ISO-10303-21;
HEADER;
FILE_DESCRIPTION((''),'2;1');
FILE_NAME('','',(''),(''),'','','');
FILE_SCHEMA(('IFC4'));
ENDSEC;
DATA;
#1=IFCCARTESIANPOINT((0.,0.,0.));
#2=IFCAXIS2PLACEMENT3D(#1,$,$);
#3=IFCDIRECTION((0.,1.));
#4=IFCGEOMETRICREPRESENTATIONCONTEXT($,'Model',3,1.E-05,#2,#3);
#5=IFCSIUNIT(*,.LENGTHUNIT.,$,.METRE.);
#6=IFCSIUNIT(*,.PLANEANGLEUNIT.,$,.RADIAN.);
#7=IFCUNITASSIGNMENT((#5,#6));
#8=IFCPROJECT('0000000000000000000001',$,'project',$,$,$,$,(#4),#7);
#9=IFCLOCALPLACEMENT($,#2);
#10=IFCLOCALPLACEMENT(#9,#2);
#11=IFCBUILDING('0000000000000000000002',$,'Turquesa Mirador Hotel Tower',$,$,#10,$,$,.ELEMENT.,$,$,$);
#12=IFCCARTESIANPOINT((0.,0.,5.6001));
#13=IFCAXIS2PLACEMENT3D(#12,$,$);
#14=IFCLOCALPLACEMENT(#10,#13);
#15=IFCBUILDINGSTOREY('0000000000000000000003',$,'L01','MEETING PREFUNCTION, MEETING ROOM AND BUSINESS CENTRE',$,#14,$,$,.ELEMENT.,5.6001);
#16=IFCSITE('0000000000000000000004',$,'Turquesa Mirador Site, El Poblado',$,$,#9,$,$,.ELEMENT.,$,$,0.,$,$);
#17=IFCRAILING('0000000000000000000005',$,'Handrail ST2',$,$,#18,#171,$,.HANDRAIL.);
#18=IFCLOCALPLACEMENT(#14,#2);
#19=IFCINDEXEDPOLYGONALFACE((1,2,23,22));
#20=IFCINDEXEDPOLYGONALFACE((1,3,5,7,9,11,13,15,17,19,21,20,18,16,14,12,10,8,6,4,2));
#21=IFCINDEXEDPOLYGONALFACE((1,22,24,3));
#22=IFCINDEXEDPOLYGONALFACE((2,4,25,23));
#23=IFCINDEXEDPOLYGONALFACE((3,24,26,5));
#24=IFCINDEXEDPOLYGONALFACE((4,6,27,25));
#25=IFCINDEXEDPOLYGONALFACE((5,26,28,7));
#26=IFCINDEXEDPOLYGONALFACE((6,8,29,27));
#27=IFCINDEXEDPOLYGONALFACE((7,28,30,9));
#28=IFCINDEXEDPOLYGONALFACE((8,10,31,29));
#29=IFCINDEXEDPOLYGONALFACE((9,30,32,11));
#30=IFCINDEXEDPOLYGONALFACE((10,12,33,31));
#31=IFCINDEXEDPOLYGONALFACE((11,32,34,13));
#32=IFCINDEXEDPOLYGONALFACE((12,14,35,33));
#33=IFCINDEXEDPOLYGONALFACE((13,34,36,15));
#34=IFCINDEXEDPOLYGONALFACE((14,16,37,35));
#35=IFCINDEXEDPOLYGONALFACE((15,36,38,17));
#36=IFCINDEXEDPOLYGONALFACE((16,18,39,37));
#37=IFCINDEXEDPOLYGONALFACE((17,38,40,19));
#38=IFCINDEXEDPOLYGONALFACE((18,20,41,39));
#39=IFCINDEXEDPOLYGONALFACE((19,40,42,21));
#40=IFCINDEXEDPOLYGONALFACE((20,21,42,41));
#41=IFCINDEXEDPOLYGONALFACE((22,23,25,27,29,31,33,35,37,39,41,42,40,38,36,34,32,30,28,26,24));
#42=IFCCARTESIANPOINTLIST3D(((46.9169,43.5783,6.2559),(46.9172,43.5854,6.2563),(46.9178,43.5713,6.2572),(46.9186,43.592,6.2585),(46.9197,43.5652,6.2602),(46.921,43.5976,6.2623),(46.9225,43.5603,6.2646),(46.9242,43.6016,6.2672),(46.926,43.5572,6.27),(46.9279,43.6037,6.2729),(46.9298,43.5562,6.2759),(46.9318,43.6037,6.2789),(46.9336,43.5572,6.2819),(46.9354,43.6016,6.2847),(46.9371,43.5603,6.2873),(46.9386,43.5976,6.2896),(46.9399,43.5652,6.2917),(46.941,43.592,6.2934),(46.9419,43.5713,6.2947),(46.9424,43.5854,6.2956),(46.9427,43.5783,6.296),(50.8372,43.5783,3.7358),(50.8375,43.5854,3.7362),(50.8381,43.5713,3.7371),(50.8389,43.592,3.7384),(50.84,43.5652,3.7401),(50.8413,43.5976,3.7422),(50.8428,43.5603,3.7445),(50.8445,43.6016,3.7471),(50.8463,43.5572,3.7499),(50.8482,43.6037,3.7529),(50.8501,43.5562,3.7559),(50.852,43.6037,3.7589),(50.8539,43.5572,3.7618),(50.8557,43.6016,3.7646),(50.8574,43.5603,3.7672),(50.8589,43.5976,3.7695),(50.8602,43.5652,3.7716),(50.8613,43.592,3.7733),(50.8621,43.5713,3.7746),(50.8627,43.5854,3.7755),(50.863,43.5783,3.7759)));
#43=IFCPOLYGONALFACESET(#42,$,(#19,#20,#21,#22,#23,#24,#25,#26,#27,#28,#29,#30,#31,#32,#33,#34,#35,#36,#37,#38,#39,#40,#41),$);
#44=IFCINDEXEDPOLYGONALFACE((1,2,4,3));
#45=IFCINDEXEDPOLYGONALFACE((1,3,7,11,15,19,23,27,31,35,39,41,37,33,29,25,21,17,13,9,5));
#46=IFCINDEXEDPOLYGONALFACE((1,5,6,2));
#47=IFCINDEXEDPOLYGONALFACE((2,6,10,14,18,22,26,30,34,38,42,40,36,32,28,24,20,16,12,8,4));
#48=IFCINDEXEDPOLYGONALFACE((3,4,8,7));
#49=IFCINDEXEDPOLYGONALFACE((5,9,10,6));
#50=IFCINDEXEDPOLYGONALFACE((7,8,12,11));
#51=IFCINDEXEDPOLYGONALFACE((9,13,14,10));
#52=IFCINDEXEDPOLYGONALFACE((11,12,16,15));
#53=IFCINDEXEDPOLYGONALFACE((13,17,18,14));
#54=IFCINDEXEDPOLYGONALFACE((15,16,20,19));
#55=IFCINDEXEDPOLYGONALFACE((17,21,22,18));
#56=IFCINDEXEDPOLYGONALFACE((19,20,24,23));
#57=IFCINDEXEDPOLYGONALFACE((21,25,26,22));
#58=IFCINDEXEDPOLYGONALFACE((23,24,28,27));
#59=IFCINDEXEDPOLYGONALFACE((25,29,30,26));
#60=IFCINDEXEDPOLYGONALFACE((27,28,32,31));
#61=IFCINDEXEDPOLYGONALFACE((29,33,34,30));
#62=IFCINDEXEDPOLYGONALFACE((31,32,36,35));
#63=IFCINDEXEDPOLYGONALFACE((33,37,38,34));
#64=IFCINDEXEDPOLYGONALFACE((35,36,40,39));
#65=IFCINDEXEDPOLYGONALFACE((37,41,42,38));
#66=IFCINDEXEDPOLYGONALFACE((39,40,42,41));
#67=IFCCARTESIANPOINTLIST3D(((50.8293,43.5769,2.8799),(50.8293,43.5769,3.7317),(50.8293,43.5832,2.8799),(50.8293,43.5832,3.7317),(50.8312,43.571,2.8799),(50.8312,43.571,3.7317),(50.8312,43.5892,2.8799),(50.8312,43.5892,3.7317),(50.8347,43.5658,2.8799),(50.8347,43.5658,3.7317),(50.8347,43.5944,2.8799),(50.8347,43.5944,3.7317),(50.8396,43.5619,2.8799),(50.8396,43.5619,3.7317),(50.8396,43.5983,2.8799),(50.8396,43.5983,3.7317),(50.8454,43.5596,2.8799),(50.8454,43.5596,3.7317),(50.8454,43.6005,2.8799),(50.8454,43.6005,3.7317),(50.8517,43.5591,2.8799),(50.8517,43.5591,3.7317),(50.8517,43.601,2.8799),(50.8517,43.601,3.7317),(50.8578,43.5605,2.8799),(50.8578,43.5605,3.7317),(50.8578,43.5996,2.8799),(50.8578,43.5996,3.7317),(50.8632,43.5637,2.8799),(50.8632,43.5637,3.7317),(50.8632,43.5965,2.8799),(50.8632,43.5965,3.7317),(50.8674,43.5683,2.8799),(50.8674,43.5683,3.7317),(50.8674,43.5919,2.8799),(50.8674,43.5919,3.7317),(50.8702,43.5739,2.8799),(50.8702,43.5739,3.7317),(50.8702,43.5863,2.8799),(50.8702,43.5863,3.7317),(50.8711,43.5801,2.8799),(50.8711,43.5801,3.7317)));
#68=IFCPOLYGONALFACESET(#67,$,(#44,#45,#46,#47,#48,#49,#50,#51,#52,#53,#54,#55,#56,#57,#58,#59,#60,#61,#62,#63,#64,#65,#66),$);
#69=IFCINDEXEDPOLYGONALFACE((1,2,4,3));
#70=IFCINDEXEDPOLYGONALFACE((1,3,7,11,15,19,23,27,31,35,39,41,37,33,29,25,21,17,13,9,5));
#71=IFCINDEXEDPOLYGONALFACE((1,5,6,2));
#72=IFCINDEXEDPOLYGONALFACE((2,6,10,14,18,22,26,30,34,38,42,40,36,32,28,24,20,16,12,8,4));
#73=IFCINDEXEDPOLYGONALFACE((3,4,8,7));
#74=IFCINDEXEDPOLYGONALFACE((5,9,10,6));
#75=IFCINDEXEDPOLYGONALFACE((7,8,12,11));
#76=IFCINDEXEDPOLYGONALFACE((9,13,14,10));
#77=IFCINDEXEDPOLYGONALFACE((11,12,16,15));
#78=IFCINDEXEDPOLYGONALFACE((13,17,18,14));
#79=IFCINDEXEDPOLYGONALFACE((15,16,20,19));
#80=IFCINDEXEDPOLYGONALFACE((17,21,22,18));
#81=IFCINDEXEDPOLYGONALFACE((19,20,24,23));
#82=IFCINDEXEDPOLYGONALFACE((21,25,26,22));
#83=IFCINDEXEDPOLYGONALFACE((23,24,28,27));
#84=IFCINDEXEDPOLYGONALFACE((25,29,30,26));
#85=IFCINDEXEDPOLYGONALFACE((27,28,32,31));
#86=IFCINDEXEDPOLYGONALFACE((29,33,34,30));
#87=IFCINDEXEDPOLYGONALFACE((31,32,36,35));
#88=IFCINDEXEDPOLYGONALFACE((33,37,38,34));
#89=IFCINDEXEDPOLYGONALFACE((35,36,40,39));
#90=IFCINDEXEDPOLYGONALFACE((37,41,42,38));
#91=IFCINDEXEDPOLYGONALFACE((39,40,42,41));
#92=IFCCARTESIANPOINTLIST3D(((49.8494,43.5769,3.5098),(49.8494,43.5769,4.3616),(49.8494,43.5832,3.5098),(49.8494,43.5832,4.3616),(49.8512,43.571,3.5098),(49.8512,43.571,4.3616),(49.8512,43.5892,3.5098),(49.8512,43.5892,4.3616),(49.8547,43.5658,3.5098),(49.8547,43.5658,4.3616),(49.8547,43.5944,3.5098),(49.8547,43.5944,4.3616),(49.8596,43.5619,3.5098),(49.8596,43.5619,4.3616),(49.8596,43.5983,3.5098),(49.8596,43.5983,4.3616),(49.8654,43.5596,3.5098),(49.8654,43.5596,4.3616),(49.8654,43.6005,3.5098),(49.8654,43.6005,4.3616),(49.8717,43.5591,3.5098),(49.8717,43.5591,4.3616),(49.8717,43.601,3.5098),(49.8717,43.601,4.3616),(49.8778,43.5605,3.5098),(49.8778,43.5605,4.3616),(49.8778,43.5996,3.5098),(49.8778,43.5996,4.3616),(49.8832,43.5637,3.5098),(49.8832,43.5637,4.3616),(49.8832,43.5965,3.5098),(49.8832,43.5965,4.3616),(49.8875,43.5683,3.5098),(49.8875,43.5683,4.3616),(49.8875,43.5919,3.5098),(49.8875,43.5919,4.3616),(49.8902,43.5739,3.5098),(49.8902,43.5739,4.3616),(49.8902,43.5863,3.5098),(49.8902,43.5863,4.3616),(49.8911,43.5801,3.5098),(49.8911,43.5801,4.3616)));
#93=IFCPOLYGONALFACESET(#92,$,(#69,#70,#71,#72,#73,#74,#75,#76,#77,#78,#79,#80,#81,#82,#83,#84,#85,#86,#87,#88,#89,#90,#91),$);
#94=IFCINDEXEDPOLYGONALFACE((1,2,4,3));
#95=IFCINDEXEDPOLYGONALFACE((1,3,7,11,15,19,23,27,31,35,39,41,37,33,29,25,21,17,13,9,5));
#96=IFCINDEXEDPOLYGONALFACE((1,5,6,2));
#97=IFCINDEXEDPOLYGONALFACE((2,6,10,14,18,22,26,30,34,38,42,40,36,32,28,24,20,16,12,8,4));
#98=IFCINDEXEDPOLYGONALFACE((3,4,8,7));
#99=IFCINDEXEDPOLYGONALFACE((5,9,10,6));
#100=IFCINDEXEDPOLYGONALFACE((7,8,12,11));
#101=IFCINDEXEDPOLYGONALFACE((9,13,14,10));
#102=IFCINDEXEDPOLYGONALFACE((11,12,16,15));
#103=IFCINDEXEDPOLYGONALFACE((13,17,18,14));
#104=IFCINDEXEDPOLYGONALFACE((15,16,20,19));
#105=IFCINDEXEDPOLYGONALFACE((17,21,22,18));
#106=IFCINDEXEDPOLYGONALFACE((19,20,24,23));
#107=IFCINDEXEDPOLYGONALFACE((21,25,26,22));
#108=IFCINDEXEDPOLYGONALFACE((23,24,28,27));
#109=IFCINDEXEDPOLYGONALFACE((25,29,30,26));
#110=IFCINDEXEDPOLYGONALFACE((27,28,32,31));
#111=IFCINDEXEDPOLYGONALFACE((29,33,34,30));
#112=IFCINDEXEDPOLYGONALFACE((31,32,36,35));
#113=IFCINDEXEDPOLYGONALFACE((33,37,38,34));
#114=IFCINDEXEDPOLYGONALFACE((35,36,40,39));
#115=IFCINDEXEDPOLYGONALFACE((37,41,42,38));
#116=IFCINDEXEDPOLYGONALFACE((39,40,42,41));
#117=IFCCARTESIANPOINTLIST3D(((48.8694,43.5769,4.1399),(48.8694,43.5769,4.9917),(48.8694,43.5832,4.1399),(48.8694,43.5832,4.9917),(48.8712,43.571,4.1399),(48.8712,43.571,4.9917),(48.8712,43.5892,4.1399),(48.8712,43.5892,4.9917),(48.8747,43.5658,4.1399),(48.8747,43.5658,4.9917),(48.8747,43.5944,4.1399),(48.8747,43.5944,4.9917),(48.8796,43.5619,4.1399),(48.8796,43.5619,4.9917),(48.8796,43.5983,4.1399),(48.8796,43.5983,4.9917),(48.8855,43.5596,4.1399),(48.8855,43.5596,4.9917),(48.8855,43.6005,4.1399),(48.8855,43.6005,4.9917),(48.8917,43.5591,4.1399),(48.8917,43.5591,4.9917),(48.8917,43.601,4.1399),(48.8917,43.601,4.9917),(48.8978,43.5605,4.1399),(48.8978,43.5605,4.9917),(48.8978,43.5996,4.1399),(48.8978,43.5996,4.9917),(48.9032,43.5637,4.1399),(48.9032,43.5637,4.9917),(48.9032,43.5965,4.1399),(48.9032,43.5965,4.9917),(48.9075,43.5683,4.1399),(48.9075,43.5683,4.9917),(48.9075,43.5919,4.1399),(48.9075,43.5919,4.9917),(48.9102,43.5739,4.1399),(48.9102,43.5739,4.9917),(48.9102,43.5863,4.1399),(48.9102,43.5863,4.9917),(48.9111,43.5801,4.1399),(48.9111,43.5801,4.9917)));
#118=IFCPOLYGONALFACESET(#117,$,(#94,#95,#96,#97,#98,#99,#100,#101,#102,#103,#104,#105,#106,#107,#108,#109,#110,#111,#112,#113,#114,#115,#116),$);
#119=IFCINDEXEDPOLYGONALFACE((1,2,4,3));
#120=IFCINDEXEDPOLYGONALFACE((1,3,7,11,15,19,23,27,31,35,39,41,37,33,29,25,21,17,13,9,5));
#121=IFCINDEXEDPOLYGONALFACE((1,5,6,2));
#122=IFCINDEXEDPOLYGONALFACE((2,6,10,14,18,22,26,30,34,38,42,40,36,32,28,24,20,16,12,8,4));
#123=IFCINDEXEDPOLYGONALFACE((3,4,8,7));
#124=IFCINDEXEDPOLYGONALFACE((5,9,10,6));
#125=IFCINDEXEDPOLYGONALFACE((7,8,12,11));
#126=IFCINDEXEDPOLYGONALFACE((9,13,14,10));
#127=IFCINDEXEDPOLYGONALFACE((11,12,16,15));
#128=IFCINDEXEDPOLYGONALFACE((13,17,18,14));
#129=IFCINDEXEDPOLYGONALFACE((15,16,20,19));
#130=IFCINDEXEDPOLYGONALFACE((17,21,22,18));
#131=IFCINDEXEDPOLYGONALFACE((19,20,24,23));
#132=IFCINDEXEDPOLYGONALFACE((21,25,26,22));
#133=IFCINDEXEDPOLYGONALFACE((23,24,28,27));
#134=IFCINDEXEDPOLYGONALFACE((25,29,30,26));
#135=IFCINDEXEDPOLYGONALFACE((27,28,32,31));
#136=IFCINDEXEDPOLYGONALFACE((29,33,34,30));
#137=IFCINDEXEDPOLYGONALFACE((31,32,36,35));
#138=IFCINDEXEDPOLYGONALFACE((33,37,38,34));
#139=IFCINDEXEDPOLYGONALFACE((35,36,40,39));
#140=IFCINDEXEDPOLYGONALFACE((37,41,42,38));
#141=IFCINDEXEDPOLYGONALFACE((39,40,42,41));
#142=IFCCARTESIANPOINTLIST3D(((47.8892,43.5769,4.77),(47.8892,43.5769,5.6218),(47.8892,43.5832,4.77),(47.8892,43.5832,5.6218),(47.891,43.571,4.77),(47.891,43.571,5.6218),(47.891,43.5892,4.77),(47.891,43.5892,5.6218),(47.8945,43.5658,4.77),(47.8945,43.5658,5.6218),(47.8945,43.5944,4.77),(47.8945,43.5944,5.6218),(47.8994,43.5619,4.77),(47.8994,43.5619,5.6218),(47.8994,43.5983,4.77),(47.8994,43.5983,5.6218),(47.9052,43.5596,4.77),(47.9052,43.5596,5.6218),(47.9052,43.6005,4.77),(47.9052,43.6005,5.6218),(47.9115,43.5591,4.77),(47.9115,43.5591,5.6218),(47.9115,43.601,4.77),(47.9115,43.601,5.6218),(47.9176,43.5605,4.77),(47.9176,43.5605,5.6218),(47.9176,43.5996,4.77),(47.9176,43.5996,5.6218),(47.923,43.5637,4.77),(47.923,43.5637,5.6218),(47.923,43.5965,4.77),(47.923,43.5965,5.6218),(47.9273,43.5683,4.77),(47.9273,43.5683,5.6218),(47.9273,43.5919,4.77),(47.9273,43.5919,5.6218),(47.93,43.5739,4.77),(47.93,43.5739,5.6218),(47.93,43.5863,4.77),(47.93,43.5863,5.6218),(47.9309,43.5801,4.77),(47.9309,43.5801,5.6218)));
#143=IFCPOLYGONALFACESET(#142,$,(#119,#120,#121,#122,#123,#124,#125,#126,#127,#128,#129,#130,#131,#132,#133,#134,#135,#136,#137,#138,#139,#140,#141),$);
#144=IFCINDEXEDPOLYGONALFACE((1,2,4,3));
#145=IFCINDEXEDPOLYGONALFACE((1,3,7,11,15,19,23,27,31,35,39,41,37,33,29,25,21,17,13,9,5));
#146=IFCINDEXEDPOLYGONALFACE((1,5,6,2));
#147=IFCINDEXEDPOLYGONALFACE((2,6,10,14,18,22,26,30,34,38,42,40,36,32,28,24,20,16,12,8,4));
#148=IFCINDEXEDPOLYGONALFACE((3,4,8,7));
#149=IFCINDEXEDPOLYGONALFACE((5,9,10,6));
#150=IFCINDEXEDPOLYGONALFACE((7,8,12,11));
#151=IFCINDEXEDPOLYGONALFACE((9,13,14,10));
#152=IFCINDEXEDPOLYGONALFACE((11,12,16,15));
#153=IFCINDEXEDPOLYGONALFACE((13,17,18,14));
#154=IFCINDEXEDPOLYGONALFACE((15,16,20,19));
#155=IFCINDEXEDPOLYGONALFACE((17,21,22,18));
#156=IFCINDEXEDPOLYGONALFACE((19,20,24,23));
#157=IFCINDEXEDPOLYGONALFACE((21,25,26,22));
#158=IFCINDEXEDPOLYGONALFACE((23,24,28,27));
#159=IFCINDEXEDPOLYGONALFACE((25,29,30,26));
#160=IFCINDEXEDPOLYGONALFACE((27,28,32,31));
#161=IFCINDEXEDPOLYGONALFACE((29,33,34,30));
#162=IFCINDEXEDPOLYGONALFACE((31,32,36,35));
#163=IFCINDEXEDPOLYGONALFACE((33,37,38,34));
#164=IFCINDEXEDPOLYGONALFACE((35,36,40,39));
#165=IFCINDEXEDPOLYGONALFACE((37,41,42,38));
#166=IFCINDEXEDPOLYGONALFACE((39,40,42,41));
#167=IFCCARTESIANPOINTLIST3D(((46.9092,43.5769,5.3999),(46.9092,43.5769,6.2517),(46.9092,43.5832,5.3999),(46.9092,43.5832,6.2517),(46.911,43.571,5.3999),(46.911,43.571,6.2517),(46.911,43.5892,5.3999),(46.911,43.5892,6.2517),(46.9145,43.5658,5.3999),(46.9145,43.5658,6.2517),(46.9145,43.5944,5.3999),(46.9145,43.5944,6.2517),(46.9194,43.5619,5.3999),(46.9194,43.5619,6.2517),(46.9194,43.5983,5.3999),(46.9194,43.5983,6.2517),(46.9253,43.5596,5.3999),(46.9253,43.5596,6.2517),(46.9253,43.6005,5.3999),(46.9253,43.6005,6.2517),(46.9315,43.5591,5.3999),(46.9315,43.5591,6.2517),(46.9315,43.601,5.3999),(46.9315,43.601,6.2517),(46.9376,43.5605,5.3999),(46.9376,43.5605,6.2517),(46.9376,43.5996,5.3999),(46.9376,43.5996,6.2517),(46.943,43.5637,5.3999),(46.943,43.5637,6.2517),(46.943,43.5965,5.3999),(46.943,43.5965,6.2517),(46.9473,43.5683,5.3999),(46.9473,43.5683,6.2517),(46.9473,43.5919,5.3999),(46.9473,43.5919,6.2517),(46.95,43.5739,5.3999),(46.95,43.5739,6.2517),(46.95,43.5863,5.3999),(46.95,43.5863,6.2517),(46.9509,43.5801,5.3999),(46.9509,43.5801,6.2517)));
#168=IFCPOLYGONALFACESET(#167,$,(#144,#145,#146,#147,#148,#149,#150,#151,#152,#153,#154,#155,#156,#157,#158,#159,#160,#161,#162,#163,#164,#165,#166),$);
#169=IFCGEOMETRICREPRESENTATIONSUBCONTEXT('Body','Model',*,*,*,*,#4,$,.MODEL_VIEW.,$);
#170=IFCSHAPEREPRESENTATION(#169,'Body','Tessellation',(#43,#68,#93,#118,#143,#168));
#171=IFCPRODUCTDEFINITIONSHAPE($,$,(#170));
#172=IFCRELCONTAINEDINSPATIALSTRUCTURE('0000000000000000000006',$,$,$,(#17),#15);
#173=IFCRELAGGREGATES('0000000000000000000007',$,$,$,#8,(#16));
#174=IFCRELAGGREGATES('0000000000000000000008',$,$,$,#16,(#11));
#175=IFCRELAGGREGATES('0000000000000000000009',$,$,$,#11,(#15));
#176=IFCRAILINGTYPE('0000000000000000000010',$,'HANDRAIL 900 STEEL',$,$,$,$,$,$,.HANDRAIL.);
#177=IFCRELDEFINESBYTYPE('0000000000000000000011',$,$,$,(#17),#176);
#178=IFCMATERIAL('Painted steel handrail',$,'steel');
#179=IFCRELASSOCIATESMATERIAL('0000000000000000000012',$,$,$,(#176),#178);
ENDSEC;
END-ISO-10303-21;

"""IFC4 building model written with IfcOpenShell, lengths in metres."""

from ifc_helpers import new_model, si_unit, direction, frame, origin, origin_2d, place, context, subcontext, project, spatial, circle, extrude, material, type_object, element, save


model = new_model("IFC4")

# Units and contexts
model_context = context("Model", 3, precision=1e-05, world=origin(), true_north=direction((0.0, 1.0)))
body_context = subcontext(model_context, "Body", "Model", "MODEL_VIEW")
ifc_project = project(units=[si_unit("LENGTHUNIT", "METRE"), si_unit("PLANEANGLEUNIT", "RADIAN")], contexts=[model_context])

# Site, building, storey
site_placement = place(None, origin())
site = spatial("IfcSite", under=ifc_project, at=site_placement, Name="Turquesa Mirador Site, El Poblado", CompositionType="ELEMENT", RefElevation=0.0)
building_placement = place(site_placement, origin())
building = spatial("IfcBuilding", under=site, at=building_placement, Name="Turquesa Mirador Hotel Tower", CompositionType="ELEMENT")
storey_placement = place(building_placement, frame((0.0, 0.0, 5.6001)))
storey = spatial("IfcBuildingStorey", under=building, at=storey_placement, Name="L01", Description="MEETING PREFUNCTION, MEETING ROOM AND BUSINESS CENTRE", CompositionType="ELEMENT", Elevation=5.6001)

# Railing
ifc_material_1 = material(Name="Painted steel handrail", Category="steel")
railing_type = type_object("IfcRailingType", Name="HANDRAIL 900 STEEL", PredefinedType="HANDRAIL", material=ifc_material_1)
railing_1_placement = place(storey_placement, frame((50.8501, 43.5801, 2.8799)))
element("IfcRailing", 1, at=railing_1_placement, inside=storey, type_object=railing_type, Name="Handrail ST2", PredefinedType="HANDRAIL", context=body_context, shape_type="SweptSolid", body=[
    extrude(circle(Radius=0.0239, at=origin_2d()), frame((0.0, 0.0, 0.876), z_axis=(-0.841187, 0.0, 0.540744), x_axis=(0.0, -1.0, 0.0)), (0.0, 0.0, 1.0), 4.6604),
    extrude(circle(Radius=0.021, at=origin_2d()), origin(), (0.0, 0.0, 1.0), 0.8518),
    extrude(circle(Radius=0.021, at=origin_2d()), frame((-0.98, 0.0, 0.6299)), (0.0, 0.0, 1.0), 0.8518),
    extrude(circle(Radius=0.021, at=origin_2d()), frame((-1.96, 0.0, 1.26)), (0.0, 0.0, 1.0), 0.8518),
    extrude(circle(Radius=0.021, at=origin_2d()), frame((-2.9402, 0.0, 1.8901)), (0.0, 0.0, 1.0), 0.8518),
    extrude(circle(Radius=0.021, at=origin_2d()), frame((-3.9202, 0.0, 2.52)), (0.0, 0.0, 1.0), 0.8518),
])

save(model, "model.ifc")
